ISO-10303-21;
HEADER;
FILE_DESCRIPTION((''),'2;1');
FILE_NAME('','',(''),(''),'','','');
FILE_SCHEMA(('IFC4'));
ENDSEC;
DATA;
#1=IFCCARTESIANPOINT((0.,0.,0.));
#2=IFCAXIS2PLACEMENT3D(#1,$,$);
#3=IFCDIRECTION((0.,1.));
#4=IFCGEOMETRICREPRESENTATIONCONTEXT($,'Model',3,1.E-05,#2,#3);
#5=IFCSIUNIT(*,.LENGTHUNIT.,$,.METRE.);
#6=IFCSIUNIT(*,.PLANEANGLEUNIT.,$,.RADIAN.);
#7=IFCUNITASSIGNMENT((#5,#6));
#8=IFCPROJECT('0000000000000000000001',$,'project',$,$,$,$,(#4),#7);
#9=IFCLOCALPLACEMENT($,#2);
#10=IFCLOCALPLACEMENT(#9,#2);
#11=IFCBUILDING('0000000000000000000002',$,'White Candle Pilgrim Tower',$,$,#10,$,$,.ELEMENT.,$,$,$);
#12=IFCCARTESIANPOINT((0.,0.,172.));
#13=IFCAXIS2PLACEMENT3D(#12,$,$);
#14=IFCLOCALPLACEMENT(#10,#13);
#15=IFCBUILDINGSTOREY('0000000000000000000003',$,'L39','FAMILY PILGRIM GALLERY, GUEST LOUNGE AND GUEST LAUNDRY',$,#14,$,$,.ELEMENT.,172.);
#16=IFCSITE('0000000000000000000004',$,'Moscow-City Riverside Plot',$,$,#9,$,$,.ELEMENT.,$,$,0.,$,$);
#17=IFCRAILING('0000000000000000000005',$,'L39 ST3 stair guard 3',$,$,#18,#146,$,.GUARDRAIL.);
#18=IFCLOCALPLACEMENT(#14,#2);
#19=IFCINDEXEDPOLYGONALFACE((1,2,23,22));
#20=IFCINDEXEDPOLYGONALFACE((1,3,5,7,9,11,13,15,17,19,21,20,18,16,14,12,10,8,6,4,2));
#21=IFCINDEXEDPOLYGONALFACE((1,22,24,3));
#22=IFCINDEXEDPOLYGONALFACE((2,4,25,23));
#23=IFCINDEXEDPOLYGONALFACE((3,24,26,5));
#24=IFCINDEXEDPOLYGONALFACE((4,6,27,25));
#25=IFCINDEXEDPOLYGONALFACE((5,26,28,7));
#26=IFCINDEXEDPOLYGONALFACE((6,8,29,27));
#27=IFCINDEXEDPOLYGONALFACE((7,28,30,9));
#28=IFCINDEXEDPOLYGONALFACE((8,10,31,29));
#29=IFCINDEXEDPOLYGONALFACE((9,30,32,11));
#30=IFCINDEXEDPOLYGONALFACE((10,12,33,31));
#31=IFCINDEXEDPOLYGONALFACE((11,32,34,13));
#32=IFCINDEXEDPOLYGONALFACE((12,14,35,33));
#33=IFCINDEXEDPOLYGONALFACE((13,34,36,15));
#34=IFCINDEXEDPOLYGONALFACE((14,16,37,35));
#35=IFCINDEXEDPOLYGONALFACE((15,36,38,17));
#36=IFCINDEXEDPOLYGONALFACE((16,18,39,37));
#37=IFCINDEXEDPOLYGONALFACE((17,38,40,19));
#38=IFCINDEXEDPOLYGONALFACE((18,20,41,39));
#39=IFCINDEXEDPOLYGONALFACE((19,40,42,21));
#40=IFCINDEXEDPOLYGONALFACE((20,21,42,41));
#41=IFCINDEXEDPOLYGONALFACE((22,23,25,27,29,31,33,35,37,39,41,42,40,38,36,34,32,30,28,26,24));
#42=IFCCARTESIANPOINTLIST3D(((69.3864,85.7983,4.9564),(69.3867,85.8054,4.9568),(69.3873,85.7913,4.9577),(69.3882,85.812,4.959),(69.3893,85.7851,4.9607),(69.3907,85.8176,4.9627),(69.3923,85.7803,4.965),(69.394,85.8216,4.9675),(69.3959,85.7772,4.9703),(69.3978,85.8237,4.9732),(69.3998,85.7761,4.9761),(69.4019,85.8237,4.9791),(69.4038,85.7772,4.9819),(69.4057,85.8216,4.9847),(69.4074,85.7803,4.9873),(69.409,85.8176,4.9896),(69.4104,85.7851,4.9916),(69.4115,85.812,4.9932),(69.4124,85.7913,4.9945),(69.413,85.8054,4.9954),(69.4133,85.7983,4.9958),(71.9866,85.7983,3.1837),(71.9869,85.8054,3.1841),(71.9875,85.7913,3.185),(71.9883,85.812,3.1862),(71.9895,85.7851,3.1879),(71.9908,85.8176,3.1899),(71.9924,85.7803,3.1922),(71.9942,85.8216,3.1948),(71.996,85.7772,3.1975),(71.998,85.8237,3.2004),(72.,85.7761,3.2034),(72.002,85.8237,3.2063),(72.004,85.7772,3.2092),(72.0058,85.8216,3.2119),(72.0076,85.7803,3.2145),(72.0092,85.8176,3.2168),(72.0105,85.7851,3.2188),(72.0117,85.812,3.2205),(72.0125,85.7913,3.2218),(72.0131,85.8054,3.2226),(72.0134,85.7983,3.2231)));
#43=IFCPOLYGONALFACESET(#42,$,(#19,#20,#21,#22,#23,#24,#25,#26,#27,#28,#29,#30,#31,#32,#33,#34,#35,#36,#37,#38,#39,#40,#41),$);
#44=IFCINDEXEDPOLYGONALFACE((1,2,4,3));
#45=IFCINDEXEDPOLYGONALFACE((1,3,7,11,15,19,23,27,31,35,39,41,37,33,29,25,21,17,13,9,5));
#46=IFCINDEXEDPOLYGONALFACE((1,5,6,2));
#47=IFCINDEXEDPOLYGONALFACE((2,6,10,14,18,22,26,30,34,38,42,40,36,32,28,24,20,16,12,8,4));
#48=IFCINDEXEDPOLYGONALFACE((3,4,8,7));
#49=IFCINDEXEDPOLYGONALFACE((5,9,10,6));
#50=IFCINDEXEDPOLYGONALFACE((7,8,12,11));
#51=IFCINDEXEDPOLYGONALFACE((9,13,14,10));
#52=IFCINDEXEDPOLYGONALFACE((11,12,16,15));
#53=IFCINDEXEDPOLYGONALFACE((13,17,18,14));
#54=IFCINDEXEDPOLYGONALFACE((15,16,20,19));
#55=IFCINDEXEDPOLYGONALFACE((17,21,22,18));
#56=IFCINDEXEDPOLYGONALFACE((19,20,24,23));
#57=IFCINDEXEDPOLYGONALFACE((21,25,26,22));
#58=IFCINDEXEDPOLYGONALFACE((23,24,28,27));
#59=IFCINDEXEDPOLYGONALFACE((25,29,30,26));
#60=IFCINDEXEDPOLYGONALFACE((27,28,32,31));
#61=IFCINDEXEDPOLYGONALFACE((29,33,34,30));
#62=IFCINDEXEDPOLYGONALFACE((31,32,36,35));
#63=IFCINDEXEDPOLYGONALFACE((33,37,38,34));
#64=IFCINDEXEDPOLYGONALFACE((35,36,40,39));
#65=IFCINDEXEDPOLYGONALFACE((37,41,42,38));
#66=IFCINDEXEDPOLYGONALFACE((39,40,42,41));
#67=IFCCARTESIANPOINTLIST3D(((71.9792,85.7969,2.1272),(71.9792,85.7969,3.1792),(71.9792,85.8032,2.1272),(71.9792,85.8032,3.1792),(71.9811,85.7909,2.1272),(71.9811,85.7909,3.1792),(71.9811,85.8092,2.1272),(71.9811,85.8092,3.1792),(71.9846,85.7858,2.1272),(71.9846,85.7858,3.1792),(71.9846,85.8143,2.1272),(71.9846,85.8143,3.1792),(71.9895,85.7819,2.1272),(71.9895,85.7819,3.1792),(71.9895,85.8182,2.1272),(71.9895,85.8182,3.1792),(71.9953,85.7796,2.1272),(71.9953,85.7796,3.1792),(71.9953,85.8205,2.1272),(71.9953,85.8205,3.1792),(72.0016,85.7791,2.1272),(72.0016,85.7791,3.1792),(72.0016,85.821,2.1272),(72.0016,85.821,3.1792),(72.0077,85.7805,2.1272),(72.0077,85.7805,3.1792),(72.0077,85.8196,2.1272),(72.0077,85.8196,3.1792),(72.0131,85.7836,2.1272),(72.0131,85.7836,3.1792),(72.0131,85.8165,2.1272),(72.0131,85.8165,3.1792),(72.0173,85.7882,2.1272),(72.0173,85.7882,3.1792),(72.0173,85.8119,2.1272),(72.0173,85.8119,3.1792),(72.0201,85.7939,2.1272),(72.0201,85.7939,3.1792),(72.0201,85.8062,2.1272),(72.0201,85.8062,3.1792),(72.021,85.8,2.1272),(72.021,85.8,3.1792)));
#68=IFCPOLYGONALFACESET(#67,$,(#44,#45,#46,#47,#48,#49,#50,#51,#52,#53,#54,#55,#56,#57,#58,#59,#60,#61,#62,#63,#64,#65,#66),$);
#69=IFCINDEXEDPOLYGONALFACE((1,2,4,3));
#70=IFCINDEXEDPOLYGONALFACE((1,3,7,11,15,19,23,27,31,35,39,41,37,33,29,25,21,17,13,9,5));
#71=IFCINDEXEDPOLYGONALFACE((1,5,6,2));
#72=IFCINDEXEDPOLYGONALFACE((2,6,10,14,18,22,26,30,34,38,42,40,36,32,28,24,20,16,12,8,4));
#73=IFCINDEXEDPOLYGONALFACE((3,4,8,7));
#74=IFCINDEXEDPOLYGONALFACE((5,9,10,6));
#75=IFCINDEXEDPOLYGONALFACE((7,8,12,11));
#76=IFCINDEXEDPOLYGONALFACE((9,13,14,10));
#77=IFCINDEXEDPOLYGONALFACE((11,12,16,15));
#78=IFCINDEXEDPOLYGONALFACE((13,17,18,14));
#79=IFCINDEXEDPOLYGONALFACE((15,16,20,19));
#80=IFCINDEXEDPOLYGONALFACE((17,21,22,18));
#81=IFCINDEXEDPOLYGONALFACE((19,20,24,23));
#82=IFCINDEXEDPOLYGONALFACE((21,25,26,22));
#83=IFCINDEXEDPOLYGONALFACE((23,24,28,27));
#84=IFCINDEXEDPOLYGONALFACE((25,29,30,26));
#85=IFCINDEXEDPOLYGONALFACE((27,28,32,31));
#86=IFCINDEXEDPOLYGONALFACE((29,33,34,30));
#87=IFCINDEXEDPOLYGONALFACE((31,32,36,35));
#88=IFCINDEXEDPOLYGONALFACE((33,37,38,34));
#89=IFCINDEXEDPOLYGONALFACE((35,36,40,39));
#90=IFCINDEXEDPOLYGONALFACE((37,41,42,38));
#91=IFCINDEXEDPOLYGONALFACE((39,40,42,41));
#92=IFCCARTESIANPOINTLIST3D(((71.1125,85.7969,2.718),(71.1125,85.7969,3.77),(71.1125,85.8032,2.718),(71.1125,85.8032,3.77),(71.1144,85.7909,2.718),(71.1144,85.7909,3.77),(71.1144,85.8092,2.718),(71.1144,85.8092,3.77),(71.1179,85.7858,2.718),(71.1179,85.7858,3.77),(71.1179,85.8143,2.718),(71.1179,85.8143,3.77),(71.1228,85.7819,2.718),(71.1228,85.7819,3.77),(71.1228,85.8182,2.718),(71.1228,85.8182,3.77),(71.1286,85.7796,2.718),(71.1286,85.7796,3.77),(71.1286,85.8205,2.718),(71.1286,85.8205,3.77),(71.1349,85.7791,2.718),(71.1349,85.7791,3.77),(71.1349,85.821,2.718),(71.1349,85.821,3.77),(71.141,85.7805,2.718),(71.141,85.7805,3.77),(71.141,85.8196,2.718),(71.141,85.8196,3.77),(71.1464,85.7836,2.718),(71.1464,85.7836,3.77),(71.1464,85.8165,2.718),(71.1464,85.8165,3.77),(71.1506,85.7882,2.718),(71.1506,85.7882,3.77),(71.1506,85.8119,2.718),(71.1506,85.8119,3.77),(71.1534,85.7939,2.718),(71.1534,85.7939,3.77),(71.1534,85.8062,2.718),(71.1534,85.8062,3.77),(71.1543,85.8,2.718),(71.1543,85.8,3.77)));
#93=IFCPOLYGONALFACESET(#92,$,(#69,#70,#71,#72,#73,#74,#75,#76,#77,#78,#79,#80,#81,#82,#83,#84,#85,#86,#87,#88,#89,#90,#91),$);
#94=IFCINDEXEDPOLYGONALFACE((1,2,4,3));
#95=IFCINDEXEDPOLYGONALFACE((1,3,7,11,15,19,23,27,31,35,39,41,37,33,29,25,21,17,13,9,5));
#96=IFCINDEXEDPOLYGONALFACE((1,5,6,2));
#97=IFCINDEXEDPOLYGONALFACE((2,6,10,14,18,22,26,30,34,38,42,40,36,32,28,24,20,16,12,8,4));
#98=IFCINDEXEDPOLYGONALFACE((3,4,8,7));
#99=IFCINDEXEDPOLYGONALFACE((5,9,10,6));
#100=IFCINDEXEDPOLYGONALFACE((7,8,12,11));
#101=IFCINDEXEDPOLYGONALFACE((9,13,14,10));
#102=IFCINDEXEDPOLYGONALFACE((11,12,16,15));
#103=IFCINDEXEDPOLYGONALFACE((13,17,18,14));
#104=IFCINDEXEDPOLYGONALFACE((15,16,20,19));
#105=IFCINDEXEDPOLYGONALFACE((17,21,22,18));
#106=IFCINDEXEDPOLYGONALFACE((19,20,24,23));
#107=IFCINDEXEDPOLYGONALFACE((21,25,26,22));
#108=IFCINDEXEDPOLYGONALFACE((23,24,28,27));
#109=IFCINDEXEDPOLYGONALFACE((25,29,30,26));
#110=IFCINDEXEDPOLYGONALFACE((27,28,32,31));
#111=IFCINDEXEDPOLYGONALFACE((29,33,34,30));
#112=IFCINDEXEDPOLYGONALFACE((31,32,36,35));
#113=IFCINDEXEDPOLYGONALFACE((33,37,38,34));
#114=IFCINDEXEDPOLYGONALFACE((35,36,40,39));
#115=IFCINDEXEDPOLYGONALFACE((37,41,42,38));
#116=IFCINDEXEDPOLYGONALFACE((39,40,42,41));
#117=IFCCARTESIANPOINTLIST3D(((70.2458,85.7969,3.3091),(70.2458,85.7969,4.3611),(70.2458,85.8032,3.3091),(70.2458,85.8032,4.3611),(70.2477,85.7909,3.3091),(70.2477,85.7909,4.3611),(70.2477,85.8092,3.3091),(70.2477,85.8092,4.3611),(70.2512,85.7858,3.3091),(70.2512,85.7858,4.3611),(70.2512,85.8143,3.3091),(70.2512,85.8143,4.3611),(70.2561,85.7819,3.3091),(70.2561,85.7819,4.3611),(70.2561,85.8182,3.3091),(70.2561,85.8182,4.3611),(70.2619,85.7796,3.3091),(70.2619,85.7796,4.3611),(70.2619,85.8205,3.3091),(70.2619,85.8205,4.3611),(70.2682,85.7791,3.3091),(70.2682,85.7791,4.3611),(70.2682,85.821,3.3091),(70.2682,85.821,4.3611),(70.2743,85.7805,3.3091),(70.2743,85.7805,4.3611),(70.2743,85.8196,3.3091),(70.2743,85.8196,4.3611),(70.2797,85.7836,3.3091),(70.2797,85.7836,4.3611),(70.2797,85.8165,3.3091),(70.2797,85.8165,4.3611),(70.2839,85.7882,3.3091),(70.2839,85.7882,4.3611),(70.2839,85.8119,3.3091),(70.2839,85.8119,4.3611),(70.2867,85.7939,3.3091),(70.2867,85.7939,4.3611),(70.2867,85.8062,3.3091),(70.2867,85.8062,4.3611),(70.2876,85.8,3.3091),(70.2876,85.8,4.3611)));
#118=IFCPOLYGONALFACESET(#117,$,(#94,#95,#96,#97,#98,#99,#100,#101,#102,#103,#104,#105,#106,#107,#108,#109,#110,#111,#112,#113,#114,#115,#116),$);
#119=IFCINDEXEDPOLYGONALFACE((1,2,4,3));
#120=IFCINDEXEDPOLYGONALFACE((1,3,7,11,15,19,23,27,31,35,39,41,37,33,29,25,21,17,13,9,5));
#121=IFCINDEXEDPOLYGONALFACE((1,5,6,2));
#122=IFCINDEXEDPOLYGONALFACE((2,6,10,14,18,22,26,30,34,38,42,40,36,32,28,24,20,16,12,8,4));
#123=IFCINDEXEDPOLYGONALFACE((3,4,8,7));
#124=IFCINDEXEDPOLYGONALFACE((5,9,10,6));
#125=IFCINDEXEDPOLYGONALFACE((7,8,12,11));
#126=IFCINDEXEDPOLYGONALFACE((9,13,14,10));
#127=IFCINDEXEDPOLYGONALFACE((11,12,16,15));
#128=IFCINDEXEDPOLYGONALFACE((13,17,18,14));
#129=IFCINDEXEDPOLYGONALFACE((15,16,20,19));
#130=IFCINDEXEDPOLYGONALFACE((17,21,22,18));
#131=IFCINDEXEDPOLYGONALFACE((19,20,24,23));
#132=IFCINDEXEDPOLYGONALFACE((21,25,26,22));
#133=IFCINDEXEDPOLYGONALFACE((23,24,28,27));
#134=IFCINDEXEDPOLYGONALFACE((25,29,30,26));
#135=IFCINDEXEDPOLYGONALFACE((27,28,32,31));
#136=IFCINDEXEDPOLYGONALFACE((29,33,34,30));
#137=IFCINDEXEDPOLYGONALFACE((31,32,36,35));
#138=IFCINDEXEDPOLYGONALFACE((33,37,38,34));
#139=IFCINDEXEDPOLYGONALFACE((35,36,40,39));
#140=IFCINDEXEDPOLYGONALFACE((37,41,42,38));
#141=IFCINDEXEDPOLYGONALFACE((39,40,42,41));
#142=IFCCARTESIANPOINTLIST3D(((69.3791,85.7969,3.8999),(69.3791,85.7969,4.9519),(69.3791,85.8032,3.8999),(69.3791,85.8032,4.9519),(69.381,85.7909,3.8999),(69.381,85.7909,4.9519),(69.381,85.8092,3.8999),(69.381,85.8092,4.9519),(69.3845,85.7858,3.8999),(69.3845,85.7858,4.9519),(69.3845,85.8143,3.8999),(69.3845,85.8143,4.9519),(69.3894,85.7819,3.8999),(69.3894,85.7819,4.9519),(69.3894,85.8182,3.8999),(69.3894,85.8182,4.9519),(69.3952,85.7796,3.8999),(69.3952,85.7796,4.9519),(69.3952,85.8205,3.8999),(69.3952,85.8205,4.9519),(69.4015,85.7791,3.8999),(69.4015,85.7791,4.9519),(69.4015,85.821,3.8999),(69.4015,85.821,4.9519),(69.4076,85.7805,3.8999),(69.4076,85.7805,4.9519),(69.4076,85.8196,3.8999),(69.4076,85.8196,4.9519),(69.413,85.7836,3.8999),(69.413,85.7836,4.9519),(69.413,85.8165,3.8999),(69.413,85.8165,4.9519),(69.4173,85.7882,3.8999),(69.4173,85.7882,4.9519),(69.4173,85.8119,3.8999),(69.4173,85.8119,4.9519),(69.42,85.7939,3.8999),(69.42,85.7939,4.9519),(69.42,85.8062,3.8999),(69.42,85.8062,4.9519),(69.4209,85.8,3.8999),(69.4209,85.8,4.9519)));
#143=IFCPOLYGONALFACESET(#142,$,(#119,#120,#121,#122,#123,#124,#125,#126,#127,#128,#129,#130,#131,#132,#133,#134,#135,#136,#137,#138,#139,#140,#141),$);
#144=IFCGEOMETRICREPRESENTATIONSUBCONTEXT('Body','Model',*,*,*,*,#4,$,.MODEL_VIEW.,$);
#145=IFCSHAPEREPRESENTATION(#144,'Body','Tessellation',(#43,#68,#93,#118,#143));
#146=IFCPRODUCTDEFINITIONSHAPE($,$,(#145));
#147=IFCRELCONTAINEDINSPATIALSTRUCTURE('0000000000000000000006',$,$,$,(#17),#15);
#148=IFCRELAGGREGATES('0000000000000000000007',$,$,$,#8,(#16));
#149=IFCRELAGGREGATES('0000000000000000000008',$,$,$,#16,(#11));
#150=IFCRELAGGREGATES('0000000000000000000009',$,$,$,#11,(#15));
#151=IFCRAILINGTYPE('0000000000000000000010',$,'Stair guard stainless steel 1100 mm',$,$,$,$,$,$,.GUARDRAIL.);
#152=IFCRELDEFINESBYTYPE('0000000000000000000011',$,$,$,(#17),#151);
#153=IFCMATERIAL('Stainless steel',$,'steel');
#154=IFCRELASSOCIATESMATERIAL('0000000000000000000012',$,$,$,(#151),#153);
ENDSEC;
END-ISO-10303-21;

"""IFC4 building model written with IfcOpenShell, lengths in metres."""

from ifc_helpers import new_model, si_unit, direction, frame, origin, origin_2d, place, context, subcontext, project, spatial, circle, extrude, material, type_object, element, save


model = new_model("IFC4")

# Units and contexts
model_context = context("Model", 3, precision=1e-05, world=origin(), true_north=direction((0.0, 1.0)))
body_context = subcontext(model_context, "Body", "Model", "MODEL_VIEW")
ifc_project = project(units=[si_unit("LENGTHUNIT", "METRE"), si_unit("PLANEANGLEUNIT", "RADIAN")], contexts=[model_context])

# Site, building, storey
site_placement = place(None, origin())
site = spatial("IfcSite", under=ifc_project, at=site_placement, Name="Moscow-City Riverside Plot", CompositionType="ELEMENT", RefElevation=0.0)
building_placement = place(site_placement, origin())
building = spatial("IfcBuilding", under=site, at=building_placement, Name="White Candle Pilgrim Tower", CompositionType="ELEMENT")
storey_placement = place(building_placement, frame((0.0, 0.0, 172.0)))
storey = spatial("IfcBuildingStorey", under=building, at=storey_placement, Name="L39", Description="FAMILY PILGRIM GALLERY, GUEST LOUNGE AND GUEST LAUNDRY", CompositionType="ELEMENT", Elevation=172.0)

# Railing
ifc_material_1 = material(Name="Stainless steel", Category="steel")
railing_type_1 = type_object("IfcRailingType", Name="Stair guard stainless steel 1100 mm", PredefinedType="GUARDRAIL", material=ifc_material_1)
railing_1_placement = place(storey_placement, frame((72.0, 85.8, 2.1272)))
element("IfcRailing", 1, at=railing_1_placement, inside=storey, type_object=railing_type_1, Name="L39 ST3 stair guard 3", PredefinedType="GUARDRAIL", context=body_context, shape_type="SweptSolid", body=[
    extrude(circle(Radius=0.0239, at=origin_2d()), frame((0.0, 0.0, 1.0762), z_axis=(-0.82624, 0.0, 0.563318), x_axis=(0.0, -1.0, 0.0)), (0.0, 0.0, 1.0), 3.147),
    extrude(circle(Radius=0.021, at=origin_2d()), origin(), (0.0, 0.0, 1.0), 1.052),
    extrude(circle(Radius=0.021, at=origin_2d()), frame((-0.8667, 0.0, 0.5908)), (0.0, 0.0, 1.0), 1.052),
    extrude(circle(Radius=0.021, at=origin_2d()), frame((-1.7334, 0.0, 1.1819)), (0.0, 0.0, 1.0), 1.052),
    extrude(circle(Radius=0.021, at=origin_2d()), frame((-2.6001, 0.0, 1.7727)), (0.0, 0.0, 1.0), 1.052),
])

save(model, "model.ifc")
